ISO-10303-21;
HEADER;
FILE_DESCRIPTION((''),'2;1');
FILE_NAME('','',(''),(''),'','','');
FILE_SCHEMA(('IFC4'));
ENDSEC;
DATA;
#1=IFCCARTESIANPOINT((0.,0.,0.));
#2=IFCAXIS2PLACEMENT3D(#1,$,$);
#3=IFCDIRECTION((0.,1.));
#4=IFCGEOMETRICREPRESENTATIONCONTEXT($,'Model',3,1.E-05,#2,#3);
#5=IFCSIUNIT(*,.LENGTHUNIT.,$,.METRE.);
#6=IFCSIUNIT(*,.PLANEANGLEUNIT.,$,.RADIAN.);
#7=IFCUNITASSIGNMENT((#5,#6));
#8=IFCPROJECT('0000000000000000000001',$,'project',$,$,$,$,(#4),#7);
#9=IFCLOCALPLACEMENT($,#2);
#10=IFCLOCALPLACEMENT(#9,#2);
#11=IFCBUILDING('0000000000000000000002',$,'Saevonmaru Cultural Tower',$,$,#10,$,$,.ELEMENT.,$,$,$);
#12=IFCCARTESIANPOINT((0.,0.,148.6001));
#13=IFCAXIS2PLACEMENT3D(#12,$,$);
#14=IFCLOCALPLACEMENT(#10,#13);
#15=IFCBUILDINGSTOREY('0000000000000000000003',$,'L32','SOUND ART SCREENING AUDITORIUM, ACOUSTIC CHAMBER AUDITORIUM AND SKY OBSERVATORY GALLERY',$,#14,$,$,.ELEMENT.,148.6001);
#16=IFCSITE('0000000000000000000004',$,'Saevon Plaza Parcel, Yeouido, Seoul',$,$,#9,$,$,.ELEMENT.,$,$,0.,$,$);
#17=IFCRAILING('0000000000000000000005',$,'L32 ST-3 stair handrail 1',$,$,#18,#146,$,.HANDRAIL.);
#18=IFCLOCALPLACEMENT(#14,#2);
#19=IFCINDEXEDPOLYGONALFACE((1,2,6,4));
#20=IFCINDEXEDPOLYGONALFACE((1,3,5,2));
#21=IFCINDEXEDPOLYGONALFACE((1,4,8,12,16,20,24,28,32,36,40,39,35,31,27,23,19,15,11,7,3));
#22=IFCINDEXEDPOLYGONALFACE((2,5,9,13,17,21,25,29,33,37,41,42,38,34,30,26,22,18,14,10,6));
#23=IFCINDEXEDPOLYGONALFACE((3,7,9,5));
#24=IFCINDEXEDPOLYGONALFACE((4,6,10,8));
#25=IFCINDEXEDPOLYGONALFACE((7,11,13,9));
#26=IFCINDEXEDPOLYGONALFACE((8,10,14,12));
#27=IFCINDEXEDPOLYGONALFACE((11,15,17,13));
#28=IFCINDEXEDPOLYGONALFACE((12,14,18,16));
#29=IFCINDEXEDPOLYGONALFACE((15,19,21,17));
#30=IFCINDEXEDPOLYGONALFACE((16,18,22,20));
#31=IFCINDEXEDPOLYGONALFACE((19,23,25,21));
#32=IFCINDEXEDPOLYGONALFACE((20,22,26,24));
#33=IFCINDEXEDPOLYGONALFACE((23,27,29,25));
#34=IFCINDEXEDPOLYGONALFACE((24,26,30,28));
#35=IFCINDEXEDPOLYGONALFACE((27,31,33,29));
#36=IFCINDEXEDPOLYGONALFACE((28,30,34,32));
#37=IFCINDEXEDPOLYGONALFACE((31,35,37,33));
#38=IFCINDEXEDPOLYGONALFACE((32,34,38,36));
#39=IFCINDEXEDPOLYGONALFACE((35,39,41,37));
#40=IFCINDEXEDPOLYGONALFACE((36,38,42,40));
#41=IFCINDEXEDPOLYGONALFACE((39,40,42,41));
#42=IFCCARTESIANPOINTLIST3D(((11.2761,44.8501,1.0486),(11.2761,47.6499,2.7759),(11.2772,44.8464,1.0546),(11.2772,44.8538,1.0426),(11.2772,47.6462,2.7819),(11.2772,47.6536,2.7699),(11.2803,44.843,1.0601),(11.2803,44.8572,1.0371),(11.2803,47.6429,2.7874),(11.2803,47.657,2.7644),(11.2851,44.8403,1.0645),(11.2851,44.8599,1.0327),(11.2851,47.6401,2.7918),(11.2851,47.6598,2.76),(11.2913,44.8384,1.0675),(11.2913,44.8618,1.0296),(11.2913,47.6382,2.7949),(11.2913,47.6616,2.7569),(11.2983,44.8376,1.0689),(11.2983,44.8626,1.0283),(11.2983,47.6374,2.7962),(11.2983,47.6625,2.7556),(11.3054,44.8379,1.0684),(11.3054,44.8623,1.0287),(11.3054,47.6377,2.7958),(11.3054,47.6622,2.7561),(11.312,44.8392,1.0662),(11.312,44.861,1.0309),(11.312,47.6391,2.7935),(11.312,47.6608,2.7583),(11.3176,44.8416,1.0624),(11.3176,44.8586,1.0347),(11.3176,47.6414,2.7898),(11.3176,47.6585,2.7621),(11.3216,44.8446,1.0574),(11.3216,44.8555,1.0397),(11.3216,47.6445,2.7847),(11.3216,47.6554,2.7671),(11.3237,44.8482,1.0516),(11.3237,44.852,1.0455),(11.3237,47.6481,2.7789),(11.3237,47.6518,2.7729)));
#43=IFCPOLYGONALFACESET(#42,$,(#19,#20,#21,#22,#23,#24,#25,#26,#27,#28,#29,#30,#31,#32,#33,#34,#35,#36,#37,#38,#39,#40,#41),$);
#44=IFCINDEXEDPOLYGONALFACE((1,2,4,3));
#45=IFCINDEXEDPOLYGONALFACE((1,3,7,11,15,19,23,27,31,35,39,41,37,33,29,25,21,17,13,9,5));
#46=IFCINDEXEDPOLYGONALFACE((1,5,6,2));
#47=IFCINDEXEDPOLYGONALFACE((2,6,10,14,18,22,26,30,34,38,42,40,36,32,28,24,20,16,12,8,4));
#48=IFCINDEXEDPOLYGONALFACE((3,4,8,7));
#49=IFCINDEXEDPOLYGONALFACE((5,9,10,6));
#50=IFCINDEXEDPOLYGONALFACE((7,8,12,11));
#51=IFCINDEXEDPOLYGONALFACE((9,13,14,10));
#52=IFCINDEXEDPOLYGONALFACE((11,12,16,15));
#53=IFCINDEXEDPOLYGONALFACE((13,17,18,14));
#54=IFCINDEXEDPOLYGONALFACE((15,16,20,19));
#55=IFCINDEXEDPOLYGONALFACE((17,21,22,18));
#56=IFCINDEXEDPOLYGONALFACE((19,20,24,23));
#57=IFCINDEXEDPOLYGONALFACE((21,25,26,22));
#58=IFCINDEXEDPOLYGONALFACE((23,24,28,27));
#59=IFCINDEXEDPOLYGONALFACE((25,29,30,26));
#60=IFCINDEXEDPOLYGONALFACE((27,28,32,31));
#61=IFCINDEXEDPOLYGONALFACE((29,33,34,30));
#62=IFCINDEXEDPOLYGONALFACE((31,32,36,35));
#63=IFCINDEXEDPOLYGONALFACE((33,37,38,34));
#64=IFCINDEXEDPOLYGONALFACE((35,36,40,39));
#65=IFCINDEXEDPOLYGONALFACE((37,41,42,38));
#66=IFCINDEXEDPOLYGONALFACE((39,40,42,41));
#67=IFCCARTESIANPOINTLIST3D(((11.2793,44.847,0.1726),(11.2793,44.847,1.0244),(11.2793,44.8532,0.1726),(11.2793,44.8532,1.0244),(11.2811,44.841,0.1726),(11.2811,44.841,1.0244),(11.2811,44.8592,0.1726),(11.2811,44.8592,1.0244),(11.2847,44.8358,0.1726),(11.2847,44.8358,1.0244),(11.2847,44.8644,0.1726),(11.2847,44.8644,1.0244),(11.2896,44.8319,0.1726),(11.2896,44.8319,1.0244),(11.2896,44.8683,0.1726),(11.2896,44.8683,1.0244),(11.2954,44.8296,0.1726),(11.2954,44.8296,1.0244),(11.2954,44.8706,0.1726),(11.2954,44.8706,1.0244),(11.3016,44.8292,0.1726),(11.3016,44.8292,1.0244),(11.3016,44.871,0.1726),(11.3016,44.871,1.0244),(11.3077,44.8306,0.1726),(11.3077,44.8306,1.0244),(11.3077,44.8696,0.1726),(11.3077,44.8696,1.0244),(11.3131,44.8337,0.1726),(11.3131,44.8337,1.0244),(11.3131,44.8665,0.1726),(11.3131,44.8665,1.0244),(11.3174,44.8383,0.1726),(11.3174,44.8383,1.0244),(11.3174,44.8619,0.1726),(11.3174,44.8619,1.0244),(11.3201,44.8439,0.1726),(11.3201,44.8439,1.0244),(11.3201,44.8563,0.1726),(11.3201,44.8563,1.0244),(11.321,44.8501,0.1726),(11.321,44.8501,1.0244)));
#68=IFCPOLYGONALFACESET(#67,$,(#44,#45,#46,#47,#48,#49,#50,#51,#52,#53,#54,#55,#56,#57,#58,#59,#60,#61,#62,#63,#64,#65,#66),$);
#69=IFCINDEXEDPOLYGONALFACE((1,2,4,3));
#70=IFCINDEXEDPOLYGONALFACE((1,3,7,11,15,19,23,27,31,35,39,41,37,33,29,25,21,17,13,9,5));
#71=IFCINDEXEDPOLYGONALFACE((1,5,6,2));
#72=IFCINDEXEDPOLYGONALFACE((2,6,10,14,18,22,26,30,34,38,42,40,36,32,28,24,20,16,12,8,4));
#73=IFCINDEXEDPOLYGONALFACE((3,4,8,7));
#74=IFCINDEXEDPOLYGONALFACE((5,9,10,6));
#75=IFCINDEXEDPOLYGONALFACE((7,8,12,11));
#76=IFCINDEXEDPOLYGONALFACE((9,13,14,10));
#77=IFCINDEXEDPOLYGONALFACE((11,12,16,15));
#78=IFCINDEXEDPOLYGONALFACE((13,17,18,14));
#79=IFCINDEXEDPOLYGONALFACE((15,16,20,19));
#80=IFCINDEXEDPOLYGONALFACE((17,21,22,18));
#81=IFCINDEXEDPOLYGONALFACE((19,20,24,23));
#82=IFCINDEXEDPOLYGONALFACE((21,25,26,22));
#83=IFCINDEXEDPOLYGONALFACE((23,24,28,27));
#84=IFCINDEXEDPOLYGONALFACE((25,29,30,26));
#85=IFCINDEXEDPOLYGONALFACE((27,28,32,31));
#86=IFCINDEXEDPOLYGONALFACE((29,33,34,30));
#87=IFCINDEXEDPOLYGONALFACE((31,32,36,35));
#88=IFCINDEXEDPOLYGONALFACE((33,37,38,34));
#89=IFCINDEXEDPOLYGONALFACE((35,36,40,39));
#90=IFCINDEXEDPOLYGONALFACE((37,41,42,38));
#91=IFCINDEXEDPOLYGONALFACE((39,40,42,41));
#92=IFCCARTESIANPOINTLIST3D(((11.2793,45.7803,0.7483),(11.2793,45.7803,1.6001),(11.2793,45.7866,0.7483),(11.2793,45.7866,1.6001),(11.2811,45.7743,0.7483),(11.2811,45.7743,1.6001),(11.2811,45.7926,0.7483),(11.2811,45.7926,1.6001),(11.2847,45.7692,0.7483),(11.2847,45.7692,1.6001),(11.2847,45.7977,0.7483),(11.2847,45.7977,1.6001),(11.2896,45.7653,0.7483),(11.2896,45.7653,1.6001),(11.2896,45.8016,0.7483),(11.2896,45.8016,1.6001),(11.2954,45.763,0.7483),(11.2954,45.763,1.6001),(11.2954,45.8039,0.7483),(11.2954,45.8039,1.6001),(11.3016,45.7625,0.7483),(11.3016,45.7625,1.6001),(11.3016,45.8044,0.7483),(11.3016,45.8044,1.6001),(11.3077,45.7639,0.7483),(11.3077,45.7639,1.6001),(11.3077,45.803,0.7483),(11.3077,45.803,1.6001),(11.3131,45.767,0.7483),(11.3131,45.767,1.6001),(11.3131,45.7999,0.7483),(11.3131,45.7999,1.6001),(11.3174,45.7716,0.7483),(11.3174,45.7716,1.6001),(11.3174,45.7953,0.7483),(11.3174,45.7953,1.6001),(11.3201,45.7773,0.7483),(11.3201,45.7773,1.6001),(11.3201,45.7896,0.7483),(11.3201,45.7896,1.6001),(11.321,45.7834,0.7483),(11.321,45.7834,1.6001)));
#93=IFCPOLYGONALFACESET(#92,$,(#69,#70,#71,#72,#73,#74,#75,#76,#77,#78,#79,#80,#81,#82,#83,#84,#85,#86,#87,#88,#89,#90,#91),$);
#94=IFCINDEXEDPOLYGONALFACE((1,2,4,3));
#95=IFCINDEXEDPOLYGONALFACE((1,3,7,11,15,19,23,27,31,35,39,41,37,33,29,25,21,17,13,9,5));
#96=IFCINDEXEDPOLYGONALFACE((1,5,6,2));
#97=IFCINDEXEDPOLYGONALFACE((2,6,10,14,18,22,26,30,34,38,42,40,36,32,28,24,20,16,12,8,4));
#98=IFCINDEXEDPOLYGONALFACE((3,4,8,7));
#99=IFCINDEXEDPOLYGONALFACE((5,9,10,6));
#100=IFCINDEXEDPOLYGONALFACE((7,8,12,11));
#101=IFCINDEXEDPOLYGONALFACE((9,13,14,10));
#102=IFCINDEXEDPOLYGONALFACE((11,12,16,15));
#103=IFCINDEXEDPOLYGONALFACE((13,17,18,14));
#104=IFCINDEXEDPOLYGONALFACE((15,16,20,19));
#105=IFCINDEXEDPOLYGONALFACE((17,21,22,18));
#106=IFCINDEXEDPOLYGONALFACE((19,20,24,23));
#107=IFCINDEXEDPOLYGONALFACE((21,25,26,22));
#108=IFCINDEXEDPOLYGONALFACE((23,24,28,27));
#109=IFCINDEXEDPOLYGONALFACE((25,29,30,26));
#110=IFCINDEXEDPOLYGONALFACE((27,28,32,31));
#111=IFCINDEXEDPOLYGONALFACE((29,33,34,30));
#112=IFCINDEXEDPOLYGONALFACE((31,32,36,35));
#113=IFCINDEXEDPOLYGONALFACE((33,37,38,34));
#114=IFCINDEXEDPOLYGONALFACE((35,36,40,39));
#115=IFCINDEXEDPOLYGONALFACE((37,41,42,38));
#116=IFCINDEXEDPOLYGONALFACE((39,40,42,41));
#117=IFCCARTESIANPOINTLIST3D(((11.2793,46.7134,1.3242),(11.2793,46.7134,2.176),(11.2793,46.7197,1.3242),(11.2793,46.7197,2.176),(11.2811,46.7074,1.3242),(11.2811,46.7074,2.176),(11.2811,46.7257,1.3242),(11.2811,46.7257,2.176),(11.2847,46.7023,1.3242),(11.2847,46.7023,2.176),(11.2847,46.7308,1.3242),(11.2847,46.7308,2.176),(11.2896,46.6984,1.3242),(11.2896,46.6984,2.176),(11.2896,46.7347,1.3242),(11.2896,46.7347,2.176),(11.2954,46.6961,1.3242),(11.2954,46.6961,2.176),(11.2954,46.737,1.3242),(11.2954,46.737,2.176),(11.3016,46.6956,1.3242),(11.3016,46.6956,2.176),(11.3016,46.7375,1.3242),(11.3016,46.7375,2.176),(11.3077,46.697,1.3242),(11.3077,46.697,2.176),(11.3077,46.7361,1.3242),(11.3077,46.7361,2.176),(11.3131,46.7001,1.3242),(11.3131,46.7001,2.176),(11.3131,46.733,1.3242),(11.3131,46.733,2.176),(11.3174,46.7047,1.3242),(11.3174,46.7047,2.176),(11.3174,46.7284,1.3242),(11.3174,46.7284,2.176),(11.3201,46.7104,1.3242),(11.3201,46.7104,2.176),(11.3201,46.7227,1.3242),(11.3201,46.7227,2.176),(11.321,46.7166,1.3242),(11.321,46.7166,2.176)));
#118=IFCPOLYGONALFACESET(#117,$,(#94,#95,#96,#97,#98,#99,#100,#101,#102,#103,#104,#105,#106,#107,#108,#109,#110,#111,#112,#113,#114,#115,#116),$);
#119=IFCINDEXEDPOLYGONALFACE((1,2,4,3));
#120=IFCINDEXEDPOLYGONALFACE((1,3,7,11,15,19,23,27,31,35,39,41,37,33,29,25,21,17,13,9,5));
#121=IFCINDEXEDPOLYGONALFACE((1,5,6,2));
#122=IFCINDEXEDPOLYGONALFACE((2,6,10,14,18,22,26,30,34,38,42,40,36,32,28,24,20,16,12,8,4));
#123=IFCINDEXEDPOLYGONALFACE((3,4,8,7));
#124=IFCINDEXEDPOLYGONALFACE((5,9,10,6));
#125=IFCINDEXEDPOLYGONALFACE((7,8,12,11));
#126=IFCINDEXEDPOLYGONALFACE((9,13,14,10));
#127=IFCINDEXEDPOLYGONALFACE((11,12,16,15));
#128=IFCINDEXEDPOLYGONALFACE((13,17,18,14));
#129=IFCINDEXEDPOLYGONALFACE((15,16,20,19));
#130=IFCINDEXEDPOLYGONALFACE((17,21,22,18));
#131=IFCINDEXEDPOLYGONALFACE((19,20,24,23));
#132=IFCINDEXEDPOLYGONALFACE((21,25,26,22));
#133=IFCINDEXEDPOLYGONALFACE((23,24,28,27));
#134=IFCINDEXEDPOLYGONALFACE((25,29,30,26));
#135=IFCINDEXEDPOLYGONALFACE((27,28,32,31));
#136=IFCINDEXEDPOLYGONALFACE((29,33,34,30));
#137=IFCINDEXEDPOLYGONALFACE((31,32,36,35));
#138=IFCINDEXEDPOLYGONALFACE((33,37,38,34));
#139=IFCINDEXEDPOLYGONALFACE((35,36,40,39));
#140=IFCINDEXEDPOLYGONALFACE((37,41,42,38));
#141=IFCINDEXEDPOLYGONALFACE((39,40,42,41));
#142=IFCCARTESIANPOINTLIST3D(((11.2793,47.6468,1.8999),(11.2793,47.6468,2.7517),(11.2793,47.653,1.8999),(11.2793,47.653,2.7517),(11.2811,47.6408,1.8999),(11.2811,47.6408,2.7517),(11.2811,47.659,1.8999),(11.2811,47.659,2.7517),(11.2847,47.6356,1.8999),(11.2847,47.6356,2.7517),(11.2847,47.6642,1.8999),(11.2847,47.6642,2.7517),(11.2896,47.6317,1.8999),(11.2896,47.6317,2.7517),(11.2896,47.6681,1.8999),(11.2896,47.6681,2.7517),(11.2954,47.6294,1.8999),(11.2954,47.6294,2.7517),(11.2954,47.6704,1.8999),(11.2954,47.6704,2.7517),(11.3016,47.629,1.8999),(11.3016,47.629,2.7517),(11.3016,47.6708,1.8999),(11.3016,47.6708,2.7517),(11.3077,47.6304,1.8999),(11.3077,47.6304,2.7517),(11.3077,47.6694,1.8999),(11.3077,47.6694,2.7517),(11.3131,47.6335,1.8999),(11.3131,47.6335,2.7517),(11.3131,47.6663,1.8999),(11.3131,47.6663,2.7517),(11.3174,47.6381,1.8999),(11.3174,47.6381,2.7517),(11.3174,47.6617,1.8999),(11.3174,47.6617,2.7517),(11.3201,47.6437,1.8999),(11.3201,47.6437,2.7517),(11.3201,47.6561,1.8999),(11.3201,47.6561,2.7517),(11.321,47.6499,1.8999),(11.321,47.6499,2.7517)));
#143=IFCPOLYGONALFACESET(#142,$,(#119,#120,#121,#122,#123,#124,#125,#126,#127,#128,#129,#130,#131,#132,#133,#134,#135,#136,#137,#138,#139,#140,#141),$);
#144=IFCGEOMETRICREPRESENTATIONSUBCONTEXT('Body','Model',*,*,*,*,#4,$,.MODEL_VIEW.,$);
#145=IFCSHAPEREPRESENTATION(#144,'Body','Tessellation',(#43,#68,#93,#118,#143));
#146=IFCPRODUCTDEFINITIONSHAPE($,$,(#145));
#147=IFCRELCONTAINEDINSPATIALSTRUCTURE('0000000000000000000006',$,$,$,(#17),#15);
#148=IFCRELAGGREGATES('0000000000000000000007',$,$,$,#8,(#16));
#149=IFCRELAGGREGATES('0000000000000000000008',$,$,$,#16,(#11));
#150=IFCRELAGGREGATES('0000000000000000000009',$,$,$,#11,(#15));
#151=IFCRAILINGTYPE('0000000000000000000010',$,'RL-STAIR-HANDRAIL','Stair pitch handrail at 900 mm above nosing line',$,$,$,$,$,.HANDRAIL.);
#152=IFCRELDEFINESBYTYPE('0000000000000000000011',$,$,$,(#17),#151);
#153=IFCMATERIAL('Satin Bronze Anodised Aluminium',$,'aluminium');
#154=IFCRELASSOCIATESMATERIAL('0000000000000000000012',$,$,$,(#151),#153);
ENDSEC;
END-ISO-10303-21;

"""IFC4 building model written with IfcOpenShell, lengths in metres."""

from ifc_helpers import new_model, si_unit, direction, frame, origin, origin_2d, place, context, subcontext, project, spatial, circle, extrude, material, type_object, element, save


model = new_model("IFC4")

# Units and contexts
model_context = context("Model", 3, precision=1e-05, world=origin(), true_north=direction((0.0, 1.0)))
body_context = subcontext(model_context, "Body", "Model", "MODEL_VIEW")
ifc_project = project(units=[si_unit("LENGTHUNIT", "METRE"), si_unit("PLANEANGLEUNIT", "RADIAN")], contexts=[model_context])

# Site, building, storey
site_placement = place(None, origin())
site = spatial("IfcSite", under=ifc_project, at=site_placement, Name="Saevon Plaza Parcel, Yeouido, Seoul", CompositionType="ELEMENT", RefElevation=0.0)
building_placement = place(site_placement, origin())
building = spatial("IfcBuilding", under=site, at=building_placement, Name="Saevonmaru Cultural Tower", CompositionType="ELEMENT")
storey_placement = place(building_placement, frame((0.0, 0.0, 148.6001)))
storey = spatial("IfcBuildingStorey", under=building, at=storey_placement, Name="L32", Description="SOUND ART SCREENING AUDITORIUM, ACOUSTIC CHAMBER AUDITORIUM AND SKY OBSERVATORY GALLERY", CompositionType="ELEMENT", Elevation=148.6001)

# Shared definitions
ifc_material_1 = material(Name="Satin Bronze Anodised Aluminium", Category="aluminium")

# Railing
railing_type_1 = type_object("IfcRailingType", Name="RL-STAIR-HANDRAIL", Description="Stair pitch handrail at 900 mm above nosing line", PredefinedType="HANDRAIL", material=ifc_material_1)
railing_1_placement = place(storey_placement, frame((11.3, 44.8501, 0.1726)))
element("IfcRailing", 1, at=railing_1_placement, inside=storey, type_object=railing_type_1, Name="L32 ST-3 stair handrail 1", PredefinedType="HANDRAIL", context=body_context, shape_type="SweptSolid", body=[
    extrude(circle(Radius=0.0239, at=origin_2d()), frame((0.0, 0.0, 0.876), z_axis=(0.0, 0.851069, 0.525054), x_axis=(-1.0, 0.0, 0.0)), (0.0, 0.0, 1.0), 3.2898),
    extrude(circle(Radius=0.021, at=origin_2d()), origin(), (0.0, 0.0, 1.0), 0.8518),
    extrude(circle(Radius=0.021, at=origin_2d()), frame((0.0, 0.9333, 0.5757)), (0.0, 0.0, 1.0), 0.8518),
    extrude(circle(Radius=0.021, at=origin_2d()), frame((0.0, 1.8665, 1.1516)), (0.0, 0.0, 1.0), 0.8518),
    extrude(circle(Radius=0.021, at=origin_2d()), frame((0.0, 2.7998, 1.7273)), (0.0, 0.0, 1.0), 0.8518),
])

save(model, "model.ifc")
